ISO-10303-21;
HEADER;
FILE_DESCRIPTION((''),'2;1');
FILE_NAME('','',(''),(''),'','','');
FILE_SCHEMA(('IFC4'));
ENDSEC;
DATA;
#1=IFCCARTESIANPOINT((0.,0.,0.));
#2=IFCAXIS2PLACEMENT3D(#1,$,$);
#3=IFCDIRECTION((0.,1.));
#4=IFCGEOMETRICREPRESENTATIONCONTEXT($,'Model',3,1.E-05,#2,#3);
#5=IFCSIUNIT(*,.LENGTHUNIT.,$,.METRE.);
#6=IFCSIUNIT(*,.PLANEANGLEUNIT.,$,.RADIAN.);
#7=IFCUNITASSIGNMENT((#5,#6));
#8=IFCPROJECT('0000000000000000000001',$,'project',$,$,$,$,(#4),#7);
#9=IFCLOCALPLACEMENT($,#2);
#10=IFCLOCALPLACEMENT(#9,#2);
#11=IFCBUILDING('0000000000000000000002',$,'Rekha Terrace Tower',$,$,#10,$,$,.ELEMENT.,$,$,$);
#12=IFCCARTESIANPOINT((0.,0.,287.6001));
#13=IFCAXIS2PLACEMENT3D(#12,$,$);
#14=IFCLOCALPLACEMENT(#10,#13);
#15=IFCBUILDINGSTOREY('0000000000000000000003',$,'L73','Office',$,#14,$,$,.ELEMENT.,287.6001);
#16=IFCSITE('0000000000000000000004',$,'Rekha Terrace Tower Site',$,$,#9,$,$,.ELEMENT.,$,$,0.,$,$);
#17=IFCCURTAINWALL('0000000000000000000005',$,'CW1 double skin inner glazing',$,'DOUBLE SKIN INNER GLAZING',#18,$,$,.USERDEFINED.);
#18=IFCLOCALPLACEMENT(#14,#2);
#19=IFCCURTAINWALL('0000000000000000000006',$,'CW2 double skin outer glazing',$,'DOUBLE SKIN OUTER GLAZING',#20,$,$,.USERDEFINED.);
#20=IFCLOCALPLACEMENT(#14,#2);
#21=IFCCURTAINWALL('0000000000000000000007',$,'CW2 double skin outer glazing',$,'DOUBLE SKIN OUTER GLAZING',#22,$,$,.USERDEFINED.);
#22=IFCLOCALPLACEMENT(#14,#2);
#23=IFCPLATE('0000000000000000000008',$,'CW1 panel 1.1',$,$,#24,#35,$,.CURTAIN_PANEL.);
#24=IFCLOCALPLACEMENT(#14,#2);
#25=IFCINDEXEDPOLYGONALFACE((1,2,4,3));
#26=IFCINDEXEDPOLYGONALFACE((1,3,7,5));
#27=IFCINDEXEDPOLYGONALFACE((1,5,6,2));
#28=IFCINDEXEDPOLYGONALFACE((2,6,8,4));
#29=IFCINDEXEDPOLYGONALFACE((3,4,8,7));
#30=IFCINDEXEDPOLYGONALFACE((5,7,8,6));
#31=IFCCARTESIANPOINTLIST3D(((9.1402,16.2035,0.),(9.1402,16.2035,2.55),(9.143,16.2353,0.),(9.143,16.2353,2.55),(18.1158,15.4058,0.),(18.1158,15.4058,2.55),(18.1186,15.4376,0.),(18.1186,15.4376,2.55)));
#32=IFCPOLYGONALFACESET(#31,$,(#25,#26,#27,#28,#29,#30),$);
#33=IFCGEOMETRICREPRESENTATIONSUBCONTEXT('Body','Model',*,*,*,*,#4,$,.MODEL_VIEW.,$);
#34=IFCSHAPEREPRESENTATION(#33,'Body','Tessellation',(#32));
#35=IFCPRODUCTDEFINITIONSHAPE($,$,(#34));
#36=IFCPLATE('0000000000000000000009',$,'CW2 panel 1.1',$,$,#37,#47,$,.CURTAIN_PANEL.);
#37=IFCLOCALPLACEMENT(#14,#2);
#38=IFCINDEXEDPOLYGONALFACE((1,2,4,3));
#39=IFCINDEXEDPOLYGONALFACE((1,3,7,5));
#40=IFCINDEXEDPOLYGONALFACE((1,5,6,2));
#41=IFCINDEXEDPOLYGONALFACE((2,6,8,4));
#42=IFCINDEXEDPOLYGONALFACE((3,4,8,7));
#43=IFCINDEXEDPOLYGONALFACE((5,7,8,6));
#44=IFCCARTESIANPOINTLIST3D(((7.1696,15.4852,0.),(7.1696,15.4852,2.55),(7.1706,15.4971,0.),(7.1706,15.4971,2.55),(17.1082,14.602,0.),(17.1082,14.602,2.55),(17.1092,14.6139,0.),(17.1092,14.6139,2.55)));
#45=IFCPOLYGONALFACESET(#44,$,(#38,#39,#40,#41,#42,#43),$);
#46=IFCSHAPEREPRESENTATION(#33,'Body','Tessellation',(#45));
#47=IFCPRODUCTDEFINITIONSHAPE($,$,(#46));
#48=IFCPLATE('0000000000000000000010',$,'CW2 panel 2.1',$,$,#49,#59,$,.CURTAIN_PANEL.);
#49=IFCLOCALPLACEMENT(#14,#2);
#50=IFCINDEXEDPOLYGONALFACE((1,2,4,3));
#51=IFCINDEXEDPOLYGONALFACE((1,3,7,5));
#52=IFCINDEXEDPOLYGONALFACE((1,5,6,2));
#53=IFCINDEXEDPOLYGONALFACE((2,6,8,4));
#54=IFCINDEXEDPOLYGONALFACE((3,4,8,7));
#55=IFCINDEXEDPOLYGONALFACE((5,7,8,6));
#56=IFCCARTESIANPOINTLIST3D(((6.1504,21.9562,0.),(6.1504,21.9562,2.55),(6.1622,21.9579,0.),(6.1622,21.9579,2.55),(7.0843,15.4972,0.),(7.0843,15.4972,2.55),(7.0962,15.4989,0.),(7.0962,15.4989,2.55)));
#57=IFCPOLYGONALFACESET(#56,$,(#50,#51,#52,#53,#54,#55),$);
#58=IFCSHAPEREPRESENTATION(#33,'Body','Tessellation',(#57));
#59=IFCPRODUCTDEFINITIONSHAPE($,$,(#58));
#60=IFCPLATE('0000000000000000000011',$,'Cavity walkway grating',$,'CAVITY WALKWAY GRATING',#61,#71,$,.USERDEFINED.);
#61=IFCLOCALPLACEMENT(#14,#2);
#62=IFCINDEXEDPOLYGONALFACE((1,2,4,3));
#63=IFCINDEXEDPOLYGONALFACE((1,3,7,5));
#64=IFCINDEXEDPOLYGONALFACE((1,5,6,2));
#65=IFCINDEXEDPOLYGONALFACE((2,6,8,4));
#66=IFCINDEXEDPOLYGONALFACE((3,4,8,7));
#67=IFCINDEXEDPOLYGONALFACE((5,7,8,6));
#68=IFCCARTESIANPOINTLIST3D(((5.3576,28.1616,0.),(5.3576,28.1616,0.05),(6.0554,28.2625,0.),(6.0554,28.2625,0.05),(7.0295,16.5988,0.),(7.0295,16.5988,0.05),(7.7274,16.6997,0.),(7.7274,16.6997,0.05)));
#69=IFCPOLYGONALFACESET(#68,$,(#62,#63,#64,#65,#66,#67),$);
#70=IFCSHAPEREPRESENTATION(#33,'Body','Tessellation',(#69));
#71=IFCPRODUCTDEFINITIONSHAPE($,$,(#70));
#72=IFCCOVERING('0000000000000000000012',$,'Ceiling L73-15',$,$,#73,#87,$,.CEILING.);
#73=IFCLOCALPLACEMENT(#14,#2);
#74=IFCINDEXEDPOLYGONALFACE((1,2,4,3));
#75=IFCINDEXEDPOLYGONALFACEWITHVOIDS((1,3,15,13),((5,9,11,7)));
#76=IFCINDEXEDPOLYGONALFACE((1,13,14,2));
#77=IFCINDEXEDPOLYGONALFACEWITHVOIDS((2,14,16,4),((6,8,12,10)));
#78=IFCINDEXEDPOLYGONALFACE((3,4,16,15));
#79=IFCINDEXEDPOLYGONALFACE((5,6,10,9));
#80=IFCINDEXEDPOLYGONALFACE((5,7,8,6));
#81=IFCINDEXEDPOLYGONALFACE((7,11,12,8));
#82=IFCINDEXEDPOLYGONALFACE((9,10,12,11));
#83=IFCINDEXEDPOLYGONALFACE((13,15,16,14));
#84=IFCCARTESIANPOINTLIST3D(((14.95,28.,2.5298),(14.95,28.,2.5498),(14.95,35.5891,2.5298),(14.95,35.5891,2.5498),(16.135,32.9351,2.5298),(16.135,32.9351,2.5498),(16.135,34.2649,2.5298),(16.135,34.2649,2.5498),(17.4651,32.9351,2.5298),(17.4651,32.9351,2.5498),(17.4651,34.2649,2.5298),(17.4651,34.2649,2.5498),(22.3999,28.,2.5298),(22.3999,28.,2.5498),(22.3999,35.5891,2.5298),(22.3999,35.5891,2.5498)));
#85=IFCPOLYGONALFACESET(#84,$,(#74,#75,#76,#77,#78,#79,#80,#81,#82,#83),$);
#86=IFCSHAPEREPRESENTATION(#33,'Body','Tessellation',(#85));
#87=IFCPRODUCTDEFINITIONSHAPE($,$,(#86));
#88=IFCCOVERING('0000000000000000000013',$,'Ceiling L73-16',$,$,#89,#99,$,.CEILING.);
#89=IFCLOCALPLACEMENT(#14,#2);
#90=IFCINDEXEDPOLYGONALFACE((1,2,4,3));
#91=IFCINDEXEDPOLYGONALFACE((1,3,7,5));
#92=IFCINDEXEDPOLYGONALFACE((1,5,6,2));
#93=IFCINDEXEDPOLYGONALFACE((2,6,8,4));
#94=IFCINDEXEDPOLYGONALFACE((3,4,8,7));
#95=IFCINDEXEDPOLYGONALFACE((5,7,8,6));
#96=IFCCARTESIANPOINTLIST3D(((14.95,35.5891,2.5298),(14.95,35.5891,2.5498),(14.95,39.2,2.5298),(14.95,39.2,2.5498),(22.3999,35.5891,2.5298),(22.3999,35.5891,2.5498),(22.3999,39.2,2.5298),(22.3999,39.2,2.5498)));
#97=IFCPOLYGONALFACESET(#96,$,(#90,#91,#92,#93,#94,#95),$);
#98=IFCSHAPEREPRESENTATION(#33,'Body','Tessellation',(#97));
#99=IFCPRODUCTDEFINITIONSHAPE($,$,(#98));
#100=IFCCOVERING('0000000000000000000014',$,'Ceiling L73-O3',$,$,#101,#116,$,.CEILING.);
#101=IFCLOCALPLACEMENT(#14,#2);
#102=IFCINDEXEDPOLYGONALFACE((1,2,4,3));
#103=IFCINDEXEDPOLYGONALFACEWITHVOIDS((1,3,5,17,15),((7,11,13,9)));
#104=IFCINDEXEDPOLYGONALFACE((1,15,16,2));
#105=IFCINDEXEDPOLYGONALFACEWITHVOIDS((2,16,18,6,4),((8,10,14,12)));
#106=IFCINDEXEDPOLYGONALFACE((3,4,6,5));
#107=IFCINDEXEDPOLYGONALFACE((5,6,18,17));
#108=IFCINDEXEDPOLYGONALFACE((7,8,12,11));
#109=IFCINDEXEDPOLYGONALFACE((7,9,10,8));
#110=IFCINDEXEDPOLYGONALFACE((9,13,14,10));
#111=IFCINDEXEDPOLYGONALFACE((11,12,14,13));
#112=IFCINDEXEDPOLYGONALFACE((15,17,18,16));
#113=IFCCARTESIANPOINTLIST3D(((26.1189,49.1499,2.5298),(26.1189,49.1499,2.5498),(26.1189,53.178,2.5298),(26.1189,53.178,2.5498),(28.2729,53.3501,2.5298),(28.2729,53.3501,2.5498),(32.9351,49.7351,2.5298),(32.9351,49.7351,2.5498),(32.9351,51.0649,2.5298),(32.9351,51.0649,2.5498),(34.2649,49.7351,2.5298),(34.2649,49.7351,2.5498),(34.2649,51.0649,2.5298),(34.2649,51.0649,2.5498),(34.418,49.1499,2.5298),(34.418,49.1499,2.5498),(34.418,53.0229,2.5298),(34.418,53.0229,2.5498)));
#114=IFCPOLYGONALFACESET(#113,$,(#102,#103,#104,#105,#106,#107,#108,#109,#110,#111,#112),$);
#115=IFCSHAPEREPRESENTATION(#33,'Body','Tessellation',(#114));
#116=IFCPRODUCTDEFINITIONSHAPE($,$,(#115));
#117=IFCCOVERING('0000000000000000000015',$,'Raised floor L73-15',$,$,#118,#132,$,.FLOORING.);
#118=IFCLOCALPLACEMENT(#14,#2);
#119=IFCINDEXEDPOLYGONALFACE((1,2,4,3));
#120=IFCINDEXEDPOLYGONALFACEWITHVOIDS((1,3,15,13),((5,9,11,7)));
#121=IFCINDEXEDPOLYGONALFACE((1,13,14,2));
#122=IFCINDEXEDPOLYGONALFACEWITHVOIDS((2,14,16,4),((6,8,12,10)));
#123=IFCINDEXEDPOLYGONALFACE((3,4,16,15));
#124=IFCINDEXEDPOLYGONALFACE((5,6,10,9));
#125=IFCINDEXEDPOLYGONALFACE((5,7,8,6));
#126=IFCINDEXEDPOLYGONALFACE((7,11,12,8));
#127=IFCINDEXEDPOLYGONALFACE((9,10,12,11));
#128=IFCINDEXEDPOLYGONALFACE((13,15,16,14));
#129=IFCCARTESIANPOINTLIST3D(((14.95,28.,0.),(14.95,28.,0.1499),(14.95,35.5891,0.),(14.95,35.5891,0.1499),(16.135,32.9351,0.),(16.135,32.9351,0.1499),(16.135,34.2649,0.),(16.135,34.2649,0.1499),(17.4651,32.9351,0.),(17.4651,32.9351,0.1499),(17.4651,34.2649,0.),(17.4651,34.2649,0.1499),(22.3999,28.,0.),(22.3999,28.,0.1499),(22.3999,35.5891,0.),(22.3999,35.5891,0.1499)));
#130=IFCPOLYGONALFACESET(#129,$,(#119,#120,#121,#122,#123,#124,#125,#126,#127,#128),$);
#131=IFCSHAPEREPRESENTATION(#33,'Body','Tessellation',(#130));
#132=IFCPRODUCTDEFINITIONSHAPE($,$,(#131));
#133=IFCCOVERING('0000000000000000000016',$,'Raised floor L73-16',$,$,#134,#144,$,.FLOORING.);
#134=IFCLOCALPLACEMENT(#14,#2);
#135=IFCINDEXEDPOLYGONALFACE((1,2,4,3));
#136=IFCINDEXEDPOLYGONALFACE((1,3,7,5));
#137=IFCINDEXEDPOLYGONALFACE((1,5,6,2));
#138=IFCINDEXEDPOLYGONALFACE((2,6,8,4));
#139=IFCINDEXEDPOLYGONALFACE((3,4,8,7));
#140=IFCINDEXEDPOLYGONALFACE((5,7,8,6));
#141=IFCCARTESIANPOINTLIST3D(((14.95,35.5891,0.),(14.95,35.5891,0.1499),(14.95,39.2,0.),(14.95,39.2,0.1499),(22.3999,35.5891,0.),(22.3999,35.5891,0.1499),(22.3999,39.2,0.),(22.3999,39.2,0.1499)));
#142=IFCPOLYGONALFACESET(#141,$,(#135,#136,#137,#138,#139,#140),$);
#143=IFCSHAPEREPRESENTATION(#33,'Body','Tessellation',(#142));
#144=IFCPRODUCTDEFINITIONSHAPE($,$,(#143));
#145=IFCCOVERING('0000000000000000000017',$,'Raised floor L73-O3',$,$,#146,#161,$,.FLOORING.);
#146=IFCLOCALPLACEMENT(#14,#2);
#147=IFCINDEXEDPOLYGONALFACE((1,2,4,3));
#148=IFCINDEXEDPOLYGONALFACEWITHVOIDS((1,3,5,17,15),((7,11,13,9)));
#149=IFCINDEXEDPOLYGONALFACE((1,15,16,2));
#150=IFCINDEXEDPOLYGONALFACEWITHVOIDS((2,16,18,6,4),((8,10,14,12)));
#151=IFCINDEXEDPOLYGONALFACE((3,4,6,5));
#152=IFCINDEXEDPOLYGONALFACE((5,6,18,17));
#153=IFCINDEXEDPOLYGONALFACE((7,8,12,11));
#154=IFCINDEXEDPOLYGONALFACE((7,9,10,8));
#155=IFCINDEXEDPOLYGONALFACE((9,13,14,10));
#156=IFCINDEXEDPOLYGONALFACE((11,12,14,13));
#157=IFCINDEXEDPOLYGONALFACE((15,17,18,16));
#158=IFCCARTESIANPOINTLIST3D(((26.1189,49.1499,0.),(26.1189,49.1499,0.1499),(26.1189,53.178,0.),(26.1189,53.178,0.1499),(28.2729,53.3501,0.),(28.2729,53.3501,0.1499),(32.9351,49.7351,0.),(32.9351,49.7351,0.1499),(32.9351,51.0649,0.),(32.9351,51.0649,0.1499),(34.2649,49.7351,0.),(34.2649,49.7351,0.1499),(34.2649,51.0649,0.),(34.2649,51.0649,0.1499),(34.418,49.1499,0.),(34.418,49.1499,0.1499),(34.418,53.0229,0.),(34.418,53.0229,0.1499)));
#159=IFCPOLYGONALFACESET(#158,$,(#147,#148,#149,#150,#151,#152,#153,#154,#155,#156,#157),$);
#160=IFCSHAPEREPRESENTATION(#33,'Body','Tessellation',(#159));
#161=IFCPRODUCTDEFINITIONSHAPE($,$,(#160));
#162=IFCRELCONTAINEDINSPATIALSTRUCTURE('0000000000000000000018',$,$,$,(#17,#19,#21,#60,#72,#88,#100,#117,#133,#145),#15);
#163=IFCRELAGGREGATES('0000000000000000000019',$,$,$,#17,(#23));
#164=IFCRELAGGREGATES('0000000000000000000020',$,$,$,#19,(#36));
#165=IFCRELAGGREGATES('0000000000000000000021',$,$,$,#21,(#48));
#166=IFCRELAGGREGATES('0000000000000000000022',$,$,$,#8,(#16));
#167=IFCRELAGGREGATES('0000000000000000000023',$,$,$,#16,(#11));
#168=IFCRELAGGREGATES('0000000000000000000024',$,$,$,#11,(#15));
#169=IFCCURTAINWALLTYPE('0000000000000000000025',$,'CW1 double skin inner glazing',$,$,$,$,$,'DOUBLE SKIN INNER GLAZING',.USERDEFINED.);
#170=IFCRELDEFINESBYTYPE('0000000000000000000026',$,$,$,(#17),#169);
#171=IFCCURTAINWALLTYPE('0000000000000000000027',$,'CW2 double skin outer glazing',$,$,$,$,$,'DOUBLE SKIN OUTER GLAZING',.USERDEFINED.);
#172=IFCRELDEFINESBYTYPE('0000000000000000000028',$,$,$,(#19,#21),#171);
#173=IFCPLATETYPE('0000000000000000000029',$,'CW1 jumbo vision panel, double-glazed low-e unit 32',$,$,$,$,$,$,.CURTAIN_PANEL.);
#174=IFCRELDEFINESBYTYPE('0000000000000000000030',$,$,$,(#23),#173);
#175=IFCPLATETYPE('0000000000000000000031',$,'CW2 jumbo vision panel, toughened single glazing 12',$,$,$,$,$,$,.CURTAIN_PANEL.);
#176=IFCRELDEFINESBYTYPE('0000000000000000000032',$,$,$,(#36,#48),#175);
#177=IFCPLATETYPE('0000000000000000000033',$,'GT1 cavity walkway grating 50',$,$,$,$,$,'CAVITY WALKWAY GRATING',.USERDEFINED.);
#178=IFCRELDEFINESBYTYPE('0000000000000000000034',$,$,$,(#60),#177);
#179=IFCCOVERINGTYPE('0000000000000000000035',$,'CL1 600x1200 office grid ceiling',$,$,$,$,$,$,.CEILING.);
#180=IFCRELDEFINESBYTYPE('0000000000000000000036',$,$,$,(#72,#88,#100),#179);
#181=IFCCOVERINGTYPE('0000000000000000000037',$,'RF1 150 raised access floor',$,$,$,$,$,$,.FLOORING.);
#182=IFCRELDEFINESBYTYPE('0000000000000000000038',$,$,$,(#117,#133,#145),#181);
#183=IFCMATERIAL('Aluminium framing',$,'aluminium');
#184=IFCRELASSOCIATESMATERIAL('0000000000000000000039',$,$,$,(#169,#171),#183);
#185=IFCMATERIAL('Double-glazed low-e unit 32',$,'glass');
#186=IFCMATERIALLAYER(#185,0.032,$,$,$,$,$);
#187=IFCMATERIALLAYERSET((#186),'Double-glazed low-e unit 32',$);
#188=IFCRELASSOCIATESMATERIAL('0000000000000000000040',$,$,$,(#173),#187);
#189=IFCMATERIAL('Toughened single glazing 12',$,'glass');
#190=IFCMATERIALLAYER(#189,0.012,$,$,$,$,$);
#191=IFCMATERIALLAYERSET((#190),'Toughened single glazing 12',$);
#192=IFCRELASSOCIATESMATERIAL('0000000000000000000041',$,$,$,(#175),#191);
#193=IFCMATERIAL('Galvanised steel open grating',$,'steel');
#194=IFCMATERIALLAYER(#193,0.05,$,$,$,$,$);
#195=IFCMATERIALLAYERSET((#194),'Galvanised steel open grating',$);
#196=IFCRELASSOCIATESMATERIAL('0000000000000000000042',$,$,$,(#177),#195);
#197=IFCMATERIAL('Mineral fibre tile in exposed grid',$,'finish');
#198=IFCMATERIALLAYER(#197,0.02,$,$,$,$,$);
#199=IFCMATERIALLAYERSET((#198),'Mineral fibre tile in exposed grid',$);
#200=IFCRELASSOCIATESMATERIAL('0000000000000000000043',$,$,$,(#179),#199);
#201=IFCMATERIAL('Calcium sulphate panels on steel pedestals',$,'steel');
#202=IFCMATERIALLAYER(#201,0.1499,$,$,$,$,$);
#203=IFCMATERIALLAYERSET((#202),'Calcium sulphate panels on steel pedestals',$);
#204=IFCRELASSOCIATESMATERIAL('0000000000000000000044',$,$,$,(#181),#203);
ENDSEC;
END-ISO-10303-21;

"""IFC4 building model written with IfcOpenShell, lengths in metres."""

from ifc_helpers import new_model, si_unit, direction, frame, origin, origin_2d, place, context, subcontext, project, spatial, polyline, rectangle, outline, extrude, material, layer, layer_set, type_object, element, aggregate, save


model = new_model("IFC4")

# Units and contexts
model_context = context("Model", 3, precision=1e-05, world=origin(), true_north=direction((0.0, 1.0)))
body_context = subcontext(model_context, "Body", "Model", "MODEL_VIEW")
ifc_project = project(units=[si_unit("LENGTHUNIT", "METRE"), si_unit("PLANEANGLEUNIT", "RADIAN")], contexts=[model_context])

# Site, building, storey
site_placement = place(None, origin())
site = spatial("IfcSite", under=ifc_project, at=site_placement, Name="Rekha Terrace Tower Site", CompositionType="ELEMENT", RefElevation=0.0)
building_placement = place(site_placement, origin())
building = spatial("IfcBuilding", under=site, at=building_placement, Name="Rekha Terrace Tower", CompositionType="ELEMENT")
storey_placement = place(building_placement, frame((0.0, 0.0, 287.6001)))
storey = spatial("IfcBuildingStorey", under=building, at=storey_placement, Name="L73", Description="Office", CompositionType="ELEMENT", Elevation=287.6001)

# Curtain wall
ifc_material_1 = material(Name="Aluminium framing", Category="aluminium")
curtain_wall_type_1 = type_object("IfcCurtainWallType", Name="CW1 double skin inner glazing", ElementType="DOUBLE SKIN INNER GLAZING", PredefinedType="USERDEFINED", material=ifc_material_1)
curtain_wall_1_placement = place(storey_placement, origin())
curtain_wall_1 = element("IfcCurtainWall", 1, at=curtain_wall_1_placement, inside=storey, type_object=curtain_wall_type_1, Name="CW1 double skin inner glazing", ObjectType="DOUBLE SKIN INNER GLAZING", PredefinedType="USERDEFINED")

# Curtain wall
curtain_wall_type_2 = type_object("IfcCurtainWallType", Name="CW2 double skin outer glazing", ElementType="DOUBLE SKIN OUTER GLAZING", PredefinedType="USERDEFINED", material=ifc_material_1)
curtain_wall_2_placement = place(storey_placement, origin())
curtain_wall_2 = element("IfcCurtainWall", 2, at=curtain_wall_2_placement, inside=storey, type_object=curtain_wall_type_2, Name="CW2 double skin outer glazing", ObjectType="DOUBLE SKIN OUTER GLAZING", PredefinedType="USERDEFINED")

# Curtain wall
curtain_wall_3_placement = place(storey_placement, origin())
curtain_wall_3 = element("IfcCurtainWall", 3, at=curtain_wall_3_placement, inside=storey, type_object=curtain_wall_type_2, Name="CW2 double skin outer glazing", ObjectType="DOUBLE SKIN OUTER GLAZING", PredefinedType="USERDEFINED")

# Plates
ifc_material_2 = material(Name="Double-glazed low-e unit 32", Category="glass")
ifc_layer_1 = layer(ifc_material_2, 0.032)
ifc_layer_set_1 = layer_set([ifc_layer_1], Name="Double-glazed low-e unit 32")
plate_type_1 = type_object("IfcPlateType", Name="CW1 jumbo vision panel, double-glazed low-e unit 32", PredefinedType="CURTAIN_PANEL", material=ifc_layer_set_1)
plate_1_placement = place(storey_placement, frame((13.6294, 15.8206, 0.0), z_axis=(0.0, 0.0, 1.0), x_axis=(0.996074, -0.088522, 0.0)))
plate_1 = element("IfcPlate", 4, at=plate_1_placement, type_object=plate_type_1, Name="CW1 panel 1.1", PredefinedType="CURTAIN_PANEL", context=body_context, shape_type="SweptSolid", body=[
    extrude(rectangle(XDim=9.011, YDim=0.032, at=origin_2d()), origin(), (0.0, 0.0, 1.0), 2.55),
])
aggregate(curtain_wall_1, [plate_1])
ifc_material_3 = material(Name="Toughened single glazing 12", Category="glass")
ifc_layer_2 = layer(ifc_material_3, 0.012)
ifc_layer_set_2 = layer_set([ifc_layer_2], Name="Toughened single glazing 12")
plate_type_2 = type_object("IfcPlateType", Name="CW2 jumbo vision panel, toughened single glazing 12", PredefinedType="CURTAIN_PANEL", material=ifc_layer_set_2)
plate_2_placement = place(storey_placement, frame((12.1394, 15.0496, 0.0), z_axis=(0.0, 0.0, 1.0), x_axis=(0.996074, -0.088522, 0.0)))
plate_2 = element("IfcPlate", 5, at=plate_2_placement, type_object=plate_type_2, Name="CW2 panel 1.1", PredefinedType="CURTAIN_PANEL", context=body_context, shape_type="SweptSolid", body=[
    extrude(rectangle(XDim=9.9778, YDim=0.012, at=origin_2d()), origin(), (0.0, 0.0, 1.0), 2.55),
])
aggregate(curtain_wall_2, [plate_2])
plate_3_placement = place(storey_placement, frame((6.6233, 18.7275, 0.0), z_axis=(0.0, 0.0, 1.0), x_axis=(0.143108, -0.989707, 0.0)))
plate_3 = element("IfcPlate", 6, at=plate_3_placement, type_object=plate_type_2, Name="CW2 panel 2.1", PredefinedType="CURTAIN_PANEL", context=body_context, shape_type="SweptSolid", body=[
    extrude(rectangle(XDim=6.5261, YDim=0.012, at=origin_2d()), origin(), (0.0, 0.0, 1.0), 2.55),
])
aggregate(curtain_wall_3, [plate_3])
ifc_material_4 = material(Name="Galvanised steel open grating", Category="steel")
ifc_layer_3 = layer(ifc_material_4, 0.05)
ifc_layer_set_3 = layer_set([ifc_layer_3], Name="Galvanised steel open grating")
plate_type_3 = type_object("IfcPlateType", Name="GT1 cavity walkway grating 50", ElementType="CAVITY WALKWAY GRATING", PredefinedType="USERDEFINED", material=ifc_layer_set_3)
plate_4_placement = place(storey_placement, frame((6.5425, 22.4307, 0.0), z_axis=(0.0, 0.0, 1.0), x_axis=(0.143108, -0.989707, 0.0)))
element("IfcPlate", 7, at=plate_4_placement, inside=storey, type_object=plate_type_3, Name="Cavity walkway grating", ObjectType="CAVITY WALKWAY GRATING", PredefinedType="USERDEFINED", context=body_context, shape_type="SweptSolid", body=[
    extrude(rectangle(XDim=11.6831, YDim=0.7051, at=origin_2d()), origin(), (0.0, 0.0, 1.0), 0.05),
])

# Coverings
ifc_material_5 = material(Name="Mineral fibre tile in exposed grid", Category="finish")
ifc_layer_4 = layer(ifc_material_5, 0.02)
ifc_layer_set_4 = layer_set([ifc_layer_4], Name="Mineral fibre tile in exposed grid")
covering_type_1 = type_object("IfcCoveringType", Name="CL1 600x1200 office grid ceiling", PredefinedType="CEILING", material=ifc_layer_set_4)
covering_1_placement = place(storey_placement, frame((0.0, 0.0, 2.5298)))
element("IfcCovering", 8, at=covering_1_placement, inside=storey, type_object=covering_type_1, Name="Ceiling L73-15", PredefinedType="CEILING", context=body_context, shape_type="SweptSolid", body=[
    extrude(outline(polyline([(22.3999, 35.5891), (14.95, 35.5891), (14.95, 28.0), (22.3999, 28.0), (22.3999, 35.5891)]), holes=[polyline([(17.4651, 34.2649), (17.4651, 32.9351), (16.135, 32.9351), (16.135, 34.2649), (17.4651, 34.2649)])]), origin(), (0.0, 0.0, 1.0), 0.02),
])
covering_2_placement = place(storey_placement, frame((0.0, 0.0, 2.5298)))
element("IfcCovering", 9, at=covering_2_placement, inside=storey, type_object=covering_type_1, Name="Ceiling L73-16", PredefinedType="CEILING", context=body_context, shape_type="SweptSolid", body=[
    extrude(outline(polyline([(14.95, 39.2), (14.95, 35.5891), (22.3999, 35.5891), (22.3999, 39.2), (14.95, 39.2)])), origin(), (0.0, 0.0, 1.0), 0.02),
])
covering_3_placement = place(storey_placement, frame((0.0, 0.0, 2.5298)))
element("IfcCovering", 10, at=covering_3_placement, inside=storey, type_object=covering_type_1, Name="Ceiling L73-O3", PredefinedType="CEILING", context=body_context, shape_type="SweptSolid", body=[
    extrude(outline(polyline([(34.418, 53.0229), (28.2729, 53.3501), (26.1189, 53.178), (26.1189, 49.1499), (34.418, 49.1499), (34.418, 53.0229)]), holes=[polyline([(34.2649, 49.7351), (32.9351, 49.7351), (32.9351, 51.0649), (34.2649, 51.0649), (34.2649, 49.7351)])]), origin(), (0.0, 0.0, 1.0), 0.02),
])
ifc_material_6 = material(Name="Calcium sulphate panels on steel pedestals", Category="steel")
ifc_layer_5 = layer(ifc_material_6, 0.1499)
ifc_layer_set_5 = layer_set([ifc_layer_5], Name="Calcium sulphate panels on steel pedestals")
covering_type_2 = type_object("IfcCoveringType", Name="RF1 150 raised access floor", PredefinedType="FLOORING", material=ifc_layer_set_5)
covering_4_placement = place(storey_placement, origin())
element("IfcCovering", 11, at=covering_4_placement, inside=storey, type_object=covering_type_2, Name="Raised floor L73-15", PredefinedType="FLOORING", context=body_context, shape_type="SweptSolid", body=[
    extrude(outline(polyline([(22.3999, 35.5891), (14.95, 35.5891), (14.95, 28.0), (22.3999, 28.0), (22.3999, 35.5891)]), holes=[polyline([(17.4651, 34.2649), (17.4651, 32.9351), (16.135, 32.9351), (16.135, 34.2649), (17.4651, 34.2649)])]), origin(), (0.0, 0.0, 1.0), 0.1499),
])
covering_5_placement = place(storey_placement, origin())
element("IfcCovering", 12, at=covering_5_placement, inside=storey, type_object=covering_type_2, Name="Raised floor L73-16", PredefinedType="FLOORING", context=body_context, shape_type="SweptSolid", body=[
    extrude(outline(polyline([(14.95, 39.2), (14.95, 35.5891), (22.3999, 35.5891), (22.3999, 39.2), (14.95, 39.2)])), origin(), (0.0, 0.0, 1.0), 0.1499),
])
covering_6_placement = place(storey_placement, origin())
element("IfcCovering", 13, at=covering_6_placement, inside=storey, type_object=covering_type_2, Name="Raised floor L73-O3", PredefinedType="FLOORING", context=body_context, shape_type="SweptSolid", body=[
    extrude(outline(polyline([(34.418, 53.0229), (28.2729, 53.3501), (26.1189, 53.178), (26.1189, 49.1499), (34.418, 49.1499), (34.418, 53.0229)]), holes=[polyline([(34.2649, 49.7351), (32.9351, 49.7351), (32.9351, 51.0649), (34.2649, 51.0649), (34.2649, 49.7351)])]), origin(), (0.0, 0.0, 1.0), 0.1499),
])

save(model, "model.ifc")
